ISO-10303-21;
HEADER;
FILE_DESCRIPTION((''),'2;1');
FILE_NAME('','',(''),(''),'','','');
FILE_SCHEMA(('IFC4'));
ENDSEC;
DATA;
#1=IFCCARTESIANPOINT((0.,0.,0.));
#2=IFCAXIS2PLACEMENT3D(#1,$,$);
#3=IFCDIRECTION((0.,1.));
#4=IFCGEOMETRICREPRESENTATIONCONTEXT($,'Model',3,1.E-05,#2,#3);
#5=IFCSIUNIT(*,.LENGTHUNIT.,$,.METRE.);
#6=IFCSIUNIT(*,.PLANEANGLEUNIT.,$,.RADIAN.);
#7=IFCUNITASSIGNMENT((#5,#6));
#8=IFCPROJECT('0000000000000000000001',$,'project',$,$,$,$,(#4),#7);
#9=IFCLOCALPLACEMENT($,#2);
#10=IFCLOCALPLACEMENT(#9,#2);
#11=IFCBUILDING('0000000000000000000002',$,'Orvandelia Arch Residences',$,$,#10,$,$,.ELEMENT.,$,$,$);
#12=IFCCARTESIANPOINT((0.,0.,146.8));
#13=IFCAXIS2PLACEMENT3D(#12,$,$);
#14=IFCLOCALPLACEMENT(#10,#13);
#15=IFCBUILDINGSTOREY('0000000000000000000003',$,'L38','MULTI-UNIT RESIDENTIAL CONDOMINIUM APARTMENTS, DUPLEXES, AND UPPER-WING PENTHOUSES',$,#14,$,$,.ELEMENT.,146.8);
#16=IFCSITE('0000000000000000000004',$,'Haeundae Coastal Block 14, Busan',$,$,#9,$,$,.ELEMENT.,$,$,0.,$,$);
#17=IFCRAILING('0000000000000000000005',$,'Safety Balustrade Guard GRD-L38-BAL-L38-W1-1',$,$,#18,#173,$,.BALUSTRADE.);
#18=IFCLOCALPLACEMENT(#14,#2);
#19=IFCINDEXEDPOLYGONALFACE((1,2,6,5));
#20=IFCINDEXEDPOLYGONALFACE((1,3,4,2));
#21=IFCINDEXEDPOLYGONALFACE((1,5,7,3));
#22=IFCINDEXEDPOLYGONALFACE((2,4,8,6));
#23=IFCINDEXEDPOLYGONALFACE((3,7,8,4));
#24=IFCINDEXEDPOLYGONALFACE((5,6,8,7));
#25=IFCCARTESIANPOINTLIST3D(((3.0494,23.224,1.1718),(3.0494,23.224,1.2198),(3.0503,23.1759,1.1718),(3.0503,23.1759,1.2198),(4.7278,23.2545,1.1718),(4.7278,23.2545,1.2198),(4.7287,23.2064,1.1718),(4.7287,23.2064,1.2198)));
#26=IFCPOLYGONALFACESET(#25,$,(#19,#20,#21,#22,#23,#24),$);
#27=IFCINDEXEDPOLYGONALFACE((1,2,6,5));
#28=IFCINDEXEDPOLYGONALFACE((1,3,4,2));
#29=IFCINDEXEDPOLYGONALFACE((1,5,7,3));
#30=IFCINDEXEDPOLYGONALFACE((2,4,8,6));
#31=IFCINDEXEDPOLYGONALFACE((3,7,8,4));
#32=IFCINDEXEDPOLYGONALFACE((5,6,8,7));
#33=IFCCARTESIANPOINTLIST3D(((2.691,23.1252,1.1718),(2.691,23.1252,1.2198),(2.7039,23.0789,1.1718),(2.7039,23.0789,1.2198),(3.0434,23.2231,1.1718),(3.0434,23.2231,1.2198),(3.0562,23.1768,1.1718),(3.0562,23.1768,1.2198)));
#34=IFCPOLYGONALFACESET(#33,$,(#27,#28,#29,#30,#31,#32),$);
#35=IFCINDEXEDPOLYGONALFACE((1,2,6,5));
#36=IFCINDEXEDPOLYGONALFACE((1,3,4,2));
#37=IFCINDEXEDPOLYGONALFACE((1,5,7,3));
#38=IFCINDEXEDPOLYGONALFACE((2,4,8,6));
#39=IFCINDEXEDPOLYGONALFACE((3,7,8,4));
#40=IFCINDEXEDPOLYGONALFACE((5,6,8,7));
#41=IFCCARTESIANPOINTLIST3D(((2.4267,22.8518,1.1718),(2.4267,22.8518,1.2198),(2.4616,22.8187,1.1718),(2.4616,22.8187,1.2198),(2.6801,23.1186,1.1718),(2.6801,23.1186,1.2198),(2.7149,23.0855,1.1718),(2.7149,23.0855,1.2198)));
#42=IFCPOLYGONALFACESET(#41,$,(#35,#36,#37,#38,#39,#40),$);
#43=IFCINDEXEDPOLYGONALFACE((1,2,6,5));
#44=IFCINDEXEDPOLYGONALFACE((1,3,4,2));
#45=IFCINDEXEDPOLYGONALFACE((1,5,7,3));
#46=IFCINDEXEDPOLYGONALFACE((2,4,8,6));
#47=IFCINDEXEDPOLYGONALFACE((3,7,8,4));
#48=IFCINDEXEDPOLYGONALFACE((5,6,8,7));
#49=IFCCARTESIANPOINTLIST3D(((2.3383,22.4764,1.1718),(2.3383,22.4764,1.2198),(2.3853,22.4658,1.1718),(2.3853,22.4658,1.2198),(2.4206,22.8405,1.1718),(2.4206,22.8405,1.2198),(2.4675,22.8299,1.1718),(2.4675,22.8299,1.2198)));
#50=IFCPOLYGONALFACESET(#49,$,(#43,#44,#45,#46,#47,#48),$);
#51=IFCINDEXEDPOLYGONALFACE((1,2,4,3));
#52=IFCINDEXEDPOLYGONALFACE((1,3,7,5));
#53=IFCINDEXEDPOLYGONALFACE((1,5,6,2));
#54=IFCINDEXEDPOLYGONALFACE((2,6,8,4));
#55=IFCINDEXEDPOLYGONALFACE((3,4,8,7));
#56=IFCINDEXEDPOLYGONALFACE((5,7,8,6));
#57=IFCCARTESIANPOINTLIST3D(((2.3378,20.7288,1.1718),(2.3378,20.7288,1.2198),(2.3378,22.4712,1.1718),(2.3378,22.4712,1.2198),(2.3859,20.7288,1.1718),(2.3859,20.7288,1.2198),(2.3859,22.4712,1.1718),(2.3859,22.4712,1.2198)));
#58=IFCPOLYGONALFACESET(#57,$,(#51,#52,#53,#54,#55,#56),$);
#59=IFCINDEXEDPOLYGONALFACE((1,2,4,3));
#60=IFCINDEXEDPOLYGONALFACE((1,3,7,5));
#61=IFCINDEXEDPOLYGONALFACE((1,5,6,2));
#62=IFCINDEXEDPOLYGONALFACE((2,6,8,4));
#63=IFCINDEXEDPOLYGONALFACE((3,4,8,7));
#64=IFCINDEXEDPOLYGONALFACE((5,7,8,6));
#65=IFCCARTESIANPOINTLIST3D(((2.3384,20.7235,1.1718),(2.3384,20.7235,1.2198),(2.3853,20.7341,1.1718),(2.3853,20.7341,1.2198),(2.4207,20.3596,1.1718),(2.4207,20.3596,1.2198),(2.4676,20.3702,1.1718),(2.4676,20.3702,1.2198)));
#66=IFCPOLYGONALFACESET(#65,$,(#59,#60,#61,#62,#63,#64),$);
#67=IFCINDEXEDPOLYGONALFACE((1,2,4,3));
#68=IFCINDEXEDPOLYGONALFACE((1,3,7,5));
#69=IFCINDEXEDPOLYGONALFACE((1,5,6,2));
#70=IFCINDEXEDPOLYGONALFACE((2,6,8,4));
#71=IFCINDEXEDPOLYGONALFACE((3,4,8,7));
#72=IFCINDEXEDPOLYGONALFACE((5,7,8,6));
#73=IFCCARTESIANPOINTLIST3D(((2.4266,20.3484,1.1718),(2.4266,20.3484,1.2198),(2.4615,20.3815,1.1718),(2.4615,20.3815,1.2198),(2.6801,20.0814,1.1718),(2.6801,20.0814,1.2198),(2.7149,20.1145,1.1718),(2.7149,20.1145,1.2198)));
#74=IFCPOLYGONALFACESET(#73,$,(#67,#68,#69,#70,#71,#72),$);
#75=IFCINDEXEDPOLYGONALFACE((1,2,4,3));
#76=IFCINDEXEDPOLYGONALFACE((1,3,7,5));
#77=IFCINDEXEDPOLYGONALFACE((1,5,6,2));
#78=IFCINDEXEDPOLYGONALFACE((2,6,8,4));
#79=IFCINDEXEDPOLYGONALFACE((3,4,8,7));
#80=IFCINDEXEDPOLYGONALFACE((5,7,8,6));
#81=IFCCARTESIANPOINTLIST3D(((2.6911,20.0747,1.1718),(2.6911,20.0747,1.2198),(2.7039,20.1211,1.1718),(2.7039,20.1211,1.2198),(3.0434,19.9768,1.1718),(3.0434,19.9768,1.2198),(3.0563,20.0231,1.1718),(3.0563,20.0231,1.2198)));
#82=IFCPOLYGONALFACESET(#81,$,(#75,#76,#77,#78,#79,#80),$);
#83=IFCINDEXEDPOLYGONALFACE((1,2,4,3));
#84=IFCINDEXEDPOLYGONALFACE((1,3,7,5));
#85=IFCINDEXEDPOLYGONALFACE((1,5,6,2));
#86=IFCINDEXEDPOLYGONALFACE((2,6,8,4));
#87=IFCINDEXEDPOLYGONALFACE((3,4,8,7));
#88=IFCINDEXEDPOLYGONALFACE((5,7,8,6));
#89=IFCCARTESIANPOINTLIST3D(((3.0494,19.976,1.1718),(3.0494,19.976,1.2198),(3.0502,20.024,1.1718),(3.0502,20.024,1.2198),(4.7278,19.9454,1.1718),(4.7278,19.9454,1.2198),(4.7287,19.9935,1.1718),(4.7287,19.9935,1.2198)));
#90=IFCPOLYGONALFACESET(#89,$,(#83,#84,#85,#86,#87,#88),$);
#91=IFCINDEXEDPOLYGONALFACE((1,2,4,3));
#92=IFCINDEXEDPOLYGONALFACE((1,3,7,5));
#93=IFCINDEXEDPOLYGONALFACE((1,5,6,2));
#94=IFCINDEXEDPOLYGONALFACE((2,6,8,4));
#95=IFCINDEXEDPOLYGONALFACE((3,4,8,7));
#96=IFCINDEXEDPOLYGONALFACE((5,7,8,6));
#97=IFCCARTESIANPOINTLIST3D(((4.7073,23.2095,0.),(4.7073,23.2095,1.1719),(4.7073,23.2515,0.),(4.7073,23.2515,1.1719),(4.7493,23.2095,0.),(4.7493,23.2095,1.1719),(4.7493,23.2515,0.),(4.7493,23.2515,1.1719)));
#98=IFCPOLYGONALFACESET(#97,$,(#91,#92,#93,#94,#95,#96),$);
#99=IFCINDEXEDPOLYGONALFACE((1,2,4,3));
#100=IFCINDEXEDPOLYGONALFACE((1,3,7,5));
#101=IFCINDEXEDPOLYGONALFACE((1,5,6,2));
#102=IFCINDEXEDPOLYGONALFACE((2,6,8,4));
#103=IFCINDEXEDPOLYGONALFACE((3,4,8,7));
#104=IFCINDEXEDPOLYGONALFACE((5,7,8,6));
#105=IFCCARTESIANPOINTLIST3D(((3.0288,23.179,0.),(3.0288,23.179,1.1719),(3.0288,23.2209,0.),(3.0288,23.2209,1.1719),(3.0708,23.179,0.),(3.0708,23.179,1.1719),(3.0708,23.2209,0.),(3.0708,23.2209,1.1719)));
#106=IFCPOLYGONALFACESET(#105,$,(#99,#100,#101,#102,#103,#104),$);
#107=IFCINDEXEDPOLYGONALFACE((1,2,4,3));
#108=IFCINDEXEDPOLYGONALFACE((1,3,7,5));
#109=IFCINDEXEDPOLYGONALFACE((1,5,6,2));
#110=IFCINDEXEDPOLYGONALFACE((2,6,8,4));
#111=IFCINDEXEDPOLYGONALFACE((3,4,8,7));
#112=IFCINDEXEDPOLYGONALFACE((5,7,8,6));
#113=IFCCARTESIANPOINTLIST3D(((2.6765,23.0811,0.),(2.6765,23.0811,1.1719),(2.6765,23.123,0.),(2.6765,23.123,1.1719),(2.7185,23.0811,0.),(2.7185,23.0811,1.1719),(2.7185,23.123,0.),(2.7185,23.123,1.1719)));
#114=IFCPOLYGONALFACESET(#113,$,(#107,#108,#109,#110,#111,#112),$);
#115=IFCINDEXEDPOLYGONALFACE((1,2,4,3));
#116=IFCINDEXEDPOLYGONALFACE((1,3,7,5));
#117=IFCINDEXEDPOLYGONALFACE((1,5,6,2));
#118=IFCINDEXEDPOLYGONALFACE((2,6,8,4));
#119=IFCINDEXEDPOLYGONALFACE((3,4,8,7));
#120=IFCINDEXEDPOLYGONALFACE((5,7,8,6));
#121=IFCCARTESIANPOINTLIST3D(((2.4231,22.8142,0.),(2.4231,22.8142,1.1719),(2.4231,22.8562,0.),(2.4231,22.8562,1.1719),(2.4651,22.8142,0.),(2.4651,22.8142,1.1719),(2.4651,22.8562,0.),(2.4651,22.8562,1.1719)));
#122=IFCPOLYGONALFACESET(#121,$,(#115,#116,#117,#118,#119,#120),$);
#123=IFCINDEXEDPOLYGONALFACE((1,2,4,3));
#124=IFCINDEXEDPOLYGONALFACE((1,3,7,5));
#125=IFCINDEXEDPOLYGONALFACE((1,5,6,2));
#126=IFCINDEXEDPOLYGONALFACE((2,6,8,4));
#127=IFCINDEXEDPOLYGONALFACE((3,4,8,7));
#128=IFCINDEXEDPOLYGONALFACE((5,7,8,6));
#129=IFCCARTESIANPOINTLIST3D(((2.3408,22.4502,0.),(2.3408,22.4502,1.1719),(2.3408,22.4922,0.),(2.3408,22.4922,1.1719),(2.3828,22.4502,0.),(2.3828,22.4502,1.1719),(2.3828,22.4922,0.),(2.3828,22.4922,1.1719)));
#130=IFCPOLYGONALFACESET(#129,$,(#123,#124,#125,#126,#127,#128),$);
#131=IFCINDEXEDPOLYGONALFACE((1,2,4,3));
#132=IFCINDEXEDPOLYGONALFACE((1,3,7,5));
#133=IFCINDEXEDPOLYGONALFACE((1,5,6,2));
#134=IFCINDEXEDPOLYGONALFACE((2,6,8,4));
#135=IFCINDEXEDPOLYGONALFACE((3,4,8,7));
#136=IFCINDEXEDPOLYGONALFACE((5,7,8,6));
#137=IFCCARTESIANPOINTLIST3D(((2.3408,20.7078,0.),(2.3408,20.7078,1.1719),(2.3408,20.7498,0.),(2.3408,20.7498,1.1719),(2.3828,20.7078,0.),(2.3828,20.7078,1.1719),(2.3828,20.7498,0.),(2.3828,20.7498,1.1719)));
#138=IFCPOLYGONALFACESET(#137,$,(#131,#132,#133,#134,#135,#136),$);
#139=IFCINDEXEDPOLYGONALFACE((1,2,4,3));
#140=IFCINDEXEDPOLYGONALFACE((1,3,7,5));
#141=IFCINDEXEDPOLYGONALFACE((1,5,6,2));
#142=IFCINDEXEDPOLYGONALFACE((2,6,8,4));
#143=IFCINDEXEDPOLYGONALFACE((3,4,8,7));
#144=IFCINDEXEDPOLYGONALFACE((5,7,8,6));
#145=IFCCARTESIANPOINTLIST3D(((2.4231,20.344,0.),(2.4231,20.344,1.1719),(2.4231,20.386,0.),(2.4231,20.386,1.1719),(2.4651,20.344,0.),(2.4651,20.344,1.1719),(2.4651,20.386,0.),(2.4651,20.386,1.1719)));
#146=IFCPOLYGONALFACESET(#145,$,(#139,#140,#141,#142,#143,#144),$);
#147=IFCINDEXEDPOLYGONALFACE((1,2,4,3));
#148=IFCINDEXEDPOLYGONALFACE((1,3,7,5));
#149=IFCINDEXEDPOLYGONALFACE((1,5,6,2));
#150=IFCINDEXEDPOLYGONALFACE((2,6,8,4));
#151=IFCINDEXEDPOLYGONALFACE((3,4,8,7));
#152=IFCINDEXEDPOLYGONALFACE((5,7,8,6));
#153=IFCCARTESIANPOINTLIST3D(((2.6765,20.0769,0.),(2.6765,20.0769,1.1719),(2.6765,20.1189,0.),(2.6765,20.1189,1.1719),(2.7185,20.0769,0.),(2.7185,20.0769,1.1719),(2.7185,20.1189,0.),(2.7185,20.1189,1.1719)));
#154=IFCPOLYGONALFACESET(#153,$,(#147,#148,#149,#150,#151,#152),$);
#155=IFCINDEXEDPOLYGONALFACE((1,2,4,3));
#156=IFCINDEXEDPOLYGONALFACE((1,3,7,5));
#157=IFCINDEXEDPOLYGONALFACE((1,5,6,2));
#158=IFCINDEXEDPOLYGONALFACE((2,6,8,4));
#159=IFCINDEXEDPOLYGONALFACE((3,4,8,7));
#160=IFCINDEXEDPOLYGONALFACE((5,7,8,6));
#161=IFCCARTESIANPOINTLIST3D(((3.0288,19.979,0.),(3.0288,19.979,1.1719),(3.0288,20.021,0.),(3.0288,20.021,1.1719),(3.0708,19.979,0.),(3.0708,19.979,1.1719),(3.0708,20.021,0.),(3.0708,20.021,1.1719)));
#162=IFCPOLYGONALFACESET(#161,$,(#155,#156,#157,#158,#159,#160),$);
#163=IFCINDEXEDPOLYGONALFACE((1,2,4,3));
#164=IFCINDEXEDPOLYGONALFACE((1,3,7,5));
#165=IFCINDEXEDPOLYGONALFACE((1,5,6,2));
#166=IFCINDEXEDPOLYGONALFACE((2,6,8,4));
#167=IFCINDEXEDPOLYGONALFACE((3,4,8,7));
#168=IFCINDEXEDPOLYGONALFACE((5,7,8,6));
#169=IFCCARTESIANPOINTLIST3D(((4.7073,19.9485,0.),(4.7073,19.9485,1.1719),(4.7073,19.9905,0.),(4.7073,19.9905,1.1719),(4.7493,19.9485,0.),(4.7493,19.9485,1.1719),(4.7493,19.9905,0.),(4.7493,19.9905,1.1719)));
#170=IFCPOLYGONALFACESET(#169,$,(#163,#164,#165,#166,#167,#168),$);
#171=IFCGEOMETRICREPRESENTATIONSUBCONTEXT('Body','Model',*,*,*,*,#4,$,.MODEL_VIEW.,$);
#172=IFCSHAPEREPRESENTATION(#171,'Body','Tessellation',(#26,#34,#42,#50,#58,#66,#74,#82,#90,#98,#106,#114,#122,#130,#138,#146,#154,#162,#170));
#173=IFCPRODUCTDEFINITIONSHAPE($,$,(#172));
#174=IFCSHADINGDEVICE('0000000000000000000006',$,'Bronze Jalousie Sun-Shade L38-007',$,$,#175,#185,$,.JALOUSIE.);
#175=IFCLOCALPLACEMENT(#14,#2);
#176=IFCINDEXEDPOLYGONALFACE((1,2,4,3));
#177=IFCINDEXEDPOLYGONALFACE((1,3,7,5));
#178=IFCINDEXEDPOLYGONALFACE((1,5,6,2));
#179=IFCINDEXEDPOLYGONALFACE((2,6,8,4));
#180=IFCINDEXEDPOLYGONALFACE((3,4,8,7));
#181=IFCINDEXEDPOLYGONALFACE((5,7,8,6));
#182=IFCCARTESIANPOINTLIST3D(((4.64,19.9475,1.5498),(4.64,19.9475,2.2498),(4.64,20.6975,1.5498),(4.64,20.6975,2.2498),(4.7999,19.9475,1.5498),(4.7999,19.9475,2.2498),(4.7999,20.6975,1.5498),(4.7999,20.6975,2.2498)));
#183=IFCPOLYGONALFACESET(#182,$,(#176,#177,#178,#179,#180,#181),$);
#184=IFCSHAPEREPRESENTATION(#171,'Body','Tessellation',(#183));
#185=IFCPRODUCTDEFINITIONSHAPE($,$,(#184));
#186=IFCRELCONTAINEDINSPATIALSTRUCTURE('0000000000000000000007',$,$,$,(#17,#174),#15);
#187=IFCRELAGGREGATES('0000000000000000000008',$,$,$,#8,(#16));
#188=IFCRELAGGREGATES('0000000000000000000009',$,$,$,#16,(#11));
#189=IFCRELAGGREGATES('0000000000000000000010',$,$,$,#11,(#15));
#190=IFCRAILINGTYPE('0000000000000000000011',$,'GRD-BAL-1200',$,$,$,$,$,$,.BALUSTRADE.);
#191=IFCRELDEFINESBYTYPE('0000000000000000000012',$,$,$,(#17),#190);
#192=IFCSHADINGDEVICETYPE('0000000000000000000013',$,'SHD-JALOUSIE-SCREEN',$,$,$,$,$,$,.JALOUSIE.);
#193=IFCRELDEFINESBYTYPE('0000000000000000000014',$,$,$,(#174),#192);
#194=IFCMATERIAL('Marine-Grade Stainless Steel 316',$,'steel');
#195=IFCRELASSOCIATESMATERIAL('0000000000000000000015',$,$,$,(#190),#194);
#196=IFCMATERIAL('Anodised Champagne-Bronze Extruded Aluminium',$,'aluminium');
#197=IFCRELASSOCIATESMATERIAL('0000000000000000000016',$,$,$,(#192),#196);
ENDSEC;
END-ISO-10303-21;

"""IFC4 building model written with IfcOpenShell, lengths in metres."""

from ifc_helpers import new_model, si_unit, direction, frame, origin, origin_2d, place, context, subcontext, project, spatial, rectangle, extrude, material, type_object, element, save


model = new_model("IFC4")

# Units and contexts
model_context = context("Model", 3, precision=1e-05, world=origin(), true_north=direction((0.0, 1.0)))
body_context = subcontext(model_context, "Body", "Model", "MODEL_VIEW")
ifc_project = project(units=[si_unit("LENGTHUNIT", "METRE"), si_unit("PLANEANGLEUNIT", "RADIAN")], contexts=[model_context])

# Site, building, storey
site_placement = place(None, origin())
site = spatial("IfcSite", under=ifc_project, at=site_placement, Name="Haeundae Coastal Block 14, Busan", CompositionType="ELEMENT", RefElevation=0.0)
building_placement = place(site_placement, origin())
building = spatial("IfcBuilding", under=site, at=building_placement, Name="Orvandelia Arch Residences", CompositionType="ELEMENT")
storey_placement = place(building_placement, frame((0.0, 0.0, 146.8)))
storey = spatial("IfcBuildingStorey", under=building, at=storey_placement, Name="L38", Description="MULTI-UNIT RESIDENTIAL CONDOMINIUM APARTMENTS, DUPLEXES, AND UPPER-WING PENTHOUSES", CompositionType="ELEMENT", Elevation=146.8)

# Railing
ifc_material_1 = material(Name="Marine-Grade Stainless Steel 316", Category="steel")
railing_type = type_object("IfcRailingType", Name="GRD-BAL-1200", PredefinedType="BALUSTRADE", material=ifc_material_1)
railing_placement = place(storey_placement, frame((4.7283, 23.2305, 0.0)))
element("IfcRailing", 1, at=railing_placement, inside=storey, type_object=railing_type, Name="Safety Balustrade Guard GRD-L38-BAL-L38-W1-1", PredefinedType="BALUSTRADE", context=body_context, shape_type="SweptSolid", body=[
    extrude(rectangle(XDim=0.0481, YDim=0.0481, at=origin_2d()), frame((0.0, 0.0, 1.1958), z_axis=(-0.999835, -0.018179, 0.0), x_axis=(0.018179, -0.999835, 0.0)), (0.0, 0.0, 1.0), 1.6787),
    extrude(rectangle(XDim=0.0481, YDim=0.0481, at=origin_2d()), frame((-1.6785, -0.0305, 1.1958), z_axis=(-0.963489, -0.267747, 0.0), x_axis=(0.267747, -0.963489, 0.0)), (0.0, 0.0, 1.0), 0.3657),
    extrude(rectangle(XDim=0.0481, YDim=0.0481, at=origin_2d()), frame((-2.0308, -0.1284, 1.1958), z_axis=(-0.688627, -0.725115, 0.0), x_axis=(0.725115, -0.688627, 0.0)), (0.0, 0.0, 1.0), 0.3679),
    extrude(rectangle(XDim=0.0481, YDim=0.0481, at=origin_2d()), frame((-2.2842, -0.3953, 1.1958), z_axis=(-0.220462, -0.975396, 0.0), x_axis=(0.975396, -0.220462, 0.0)), (0.0, 0.0, 1.0), 0.3733),
    extrude(rectangle(XDim=0.0481, YDim=0.0481, at=origin_2d()), frame((-2.3665, -0.7593, 1.1958), z_axis=(0.0, -1.0, 0.0), x_axis=(1.0, 0.0, 0.0)), (0.0, 0.0, 1.0), 1.7424),
    extrude(rectangle(XDim=0.0481, YDim=0.0481, at=origin_2d()), frame((-2.3665, -2.5017, 1.1958), z_axis=(0.220602, -0.975364, 0.0), x_axis=(0.975364, 0.220602, 0.0)), (0.0, 0.0, 1.0), 0.373),
    extrude(rectangle(XDim=0.0481, YDim=0.0481, at=origin_2d()), frame((-2.2842, -2.8655, 1.1958), z_axis=(0.688296, -0.72543, 0.0), x_axis=(0.72543, 0.688296, 0.0)), (0.0, 0.0, 1.0), 0.3682),
    extrude(rectangle(XDim=0.0481, YDim=0.0481, at=origin_2d()), frame((-2.0308, -3.1326, 1.1958), z_axis=(0.963489, -0.267747, 0.0), x_axis=(0.267747, 0.963489, 0.0)), (0.0, 0.0, 1.0), 0.3657),
    extrude(rectangle(XDim=0.0481, YDim=0.0481, at=origin_2d()), frame((-1.6785, -3.2305, 1.1958), z_axis=(0.999835, -0.018179, 0.0), x_axis=(0.018179, 0.999835, 0.0)), (0.0, 0.0, 1.0), 1.6787),
    extrude(rectangle(XDim=0.042, YDim=0.042, at=origin_2d()), origin(), (0.0, 0.0, 1.0), 1.1719),
    extrude(rectangle(XDim=0.042, YDim=0.042, at=origin_2d()), frame((-1.6785, -0.0305, 0.0)), (0.0, 0.0, 1.0), 1.1719),
    extrude(rectangle(XDim=0.042, YDim=0.042, at=origin_2d()), frame((-2.0308, -0.1284, 0.0)), (0.0, 0.0, 1.0), 1.1719),
    extrude(rectangle(XDim=0.042, YDim=0.042, at=origin_2d()), frame((-2.2842, -0.3953, 0.0)), (0.0, 0.0, 1.0), 1.1719),
    extrude(rectangle(XDim=0.042, YDim=0.042, at=origin_2d()), frame((-2.3665, -0.7593, 0.0)), (0.0, 0.0, 1.0), 1.1719),
    extrude(rectangle(XDim=0.042, YDim=0.042, at=origin_2d()), frame((-2.3665, -2.5017, 0.0)), (0.0, 0.0, 1.0), 1.1719),
    extrude(rectangle(XDim=0.042, YDim=0.042, at=origin_2d()), frame((-2.2842, -2.8655, 0.0)), (0.0, 0.0, 1.0), 1.1719),
    extrude(rectangle(XDim=0.042, YDim=0.042, at=origin_2d()), frame((-2.0308, -3.1326, 0.0)), (0.0, 0.0, 1.0), 1.1719),
    extrude(rectangle(XDim=0.042, YDim=0.042, at=origin_2d()), frame((-1.6785, -3.2305, 0.0)), (0.0, 0.0, 1.0), 1.1719),
    extrude(rectangle(XDim=0.042, YDim=0.042, at=origin_2d()), frame((0.0, -3.261, 0.0)), (0.0, 0.0, 1.0), 1.1719),
])

# Shading device
ifc_material_2 = material(Name="Anodised Champagne-Bronze Extruded Aluminium", Category="aluminium")
shading_device_type = type_object("IfcShadingDeviceType", Name="SHD-JALOUSIE-SCREEN", PredefinedType="JALOUSIE", material=ifc_material_2)
shading_device_placement = place(storey_placement, frame((4.72, 20.3225, 1.5498), z_axis=(0.0, 0.0, 1.0), x_axis=(0.0, 1.0, 0.0)))
element("IfcShadingDevice", 2, at=shading_device_placement, inside=storey, type_object=shading_device_type, Name="Bronze Jalousie Sun-Shade L38-007", PredefinedType="JALOUSIE", context=body_context, shape_type="SweptSolid", body=[
    extrude(rectangle(XDim=0.75, YDim=0.1599, at=origin_2d()), origin(), (0.0, 0.0, 1.0), 0.7),
])

save(model, "model.ifc")
